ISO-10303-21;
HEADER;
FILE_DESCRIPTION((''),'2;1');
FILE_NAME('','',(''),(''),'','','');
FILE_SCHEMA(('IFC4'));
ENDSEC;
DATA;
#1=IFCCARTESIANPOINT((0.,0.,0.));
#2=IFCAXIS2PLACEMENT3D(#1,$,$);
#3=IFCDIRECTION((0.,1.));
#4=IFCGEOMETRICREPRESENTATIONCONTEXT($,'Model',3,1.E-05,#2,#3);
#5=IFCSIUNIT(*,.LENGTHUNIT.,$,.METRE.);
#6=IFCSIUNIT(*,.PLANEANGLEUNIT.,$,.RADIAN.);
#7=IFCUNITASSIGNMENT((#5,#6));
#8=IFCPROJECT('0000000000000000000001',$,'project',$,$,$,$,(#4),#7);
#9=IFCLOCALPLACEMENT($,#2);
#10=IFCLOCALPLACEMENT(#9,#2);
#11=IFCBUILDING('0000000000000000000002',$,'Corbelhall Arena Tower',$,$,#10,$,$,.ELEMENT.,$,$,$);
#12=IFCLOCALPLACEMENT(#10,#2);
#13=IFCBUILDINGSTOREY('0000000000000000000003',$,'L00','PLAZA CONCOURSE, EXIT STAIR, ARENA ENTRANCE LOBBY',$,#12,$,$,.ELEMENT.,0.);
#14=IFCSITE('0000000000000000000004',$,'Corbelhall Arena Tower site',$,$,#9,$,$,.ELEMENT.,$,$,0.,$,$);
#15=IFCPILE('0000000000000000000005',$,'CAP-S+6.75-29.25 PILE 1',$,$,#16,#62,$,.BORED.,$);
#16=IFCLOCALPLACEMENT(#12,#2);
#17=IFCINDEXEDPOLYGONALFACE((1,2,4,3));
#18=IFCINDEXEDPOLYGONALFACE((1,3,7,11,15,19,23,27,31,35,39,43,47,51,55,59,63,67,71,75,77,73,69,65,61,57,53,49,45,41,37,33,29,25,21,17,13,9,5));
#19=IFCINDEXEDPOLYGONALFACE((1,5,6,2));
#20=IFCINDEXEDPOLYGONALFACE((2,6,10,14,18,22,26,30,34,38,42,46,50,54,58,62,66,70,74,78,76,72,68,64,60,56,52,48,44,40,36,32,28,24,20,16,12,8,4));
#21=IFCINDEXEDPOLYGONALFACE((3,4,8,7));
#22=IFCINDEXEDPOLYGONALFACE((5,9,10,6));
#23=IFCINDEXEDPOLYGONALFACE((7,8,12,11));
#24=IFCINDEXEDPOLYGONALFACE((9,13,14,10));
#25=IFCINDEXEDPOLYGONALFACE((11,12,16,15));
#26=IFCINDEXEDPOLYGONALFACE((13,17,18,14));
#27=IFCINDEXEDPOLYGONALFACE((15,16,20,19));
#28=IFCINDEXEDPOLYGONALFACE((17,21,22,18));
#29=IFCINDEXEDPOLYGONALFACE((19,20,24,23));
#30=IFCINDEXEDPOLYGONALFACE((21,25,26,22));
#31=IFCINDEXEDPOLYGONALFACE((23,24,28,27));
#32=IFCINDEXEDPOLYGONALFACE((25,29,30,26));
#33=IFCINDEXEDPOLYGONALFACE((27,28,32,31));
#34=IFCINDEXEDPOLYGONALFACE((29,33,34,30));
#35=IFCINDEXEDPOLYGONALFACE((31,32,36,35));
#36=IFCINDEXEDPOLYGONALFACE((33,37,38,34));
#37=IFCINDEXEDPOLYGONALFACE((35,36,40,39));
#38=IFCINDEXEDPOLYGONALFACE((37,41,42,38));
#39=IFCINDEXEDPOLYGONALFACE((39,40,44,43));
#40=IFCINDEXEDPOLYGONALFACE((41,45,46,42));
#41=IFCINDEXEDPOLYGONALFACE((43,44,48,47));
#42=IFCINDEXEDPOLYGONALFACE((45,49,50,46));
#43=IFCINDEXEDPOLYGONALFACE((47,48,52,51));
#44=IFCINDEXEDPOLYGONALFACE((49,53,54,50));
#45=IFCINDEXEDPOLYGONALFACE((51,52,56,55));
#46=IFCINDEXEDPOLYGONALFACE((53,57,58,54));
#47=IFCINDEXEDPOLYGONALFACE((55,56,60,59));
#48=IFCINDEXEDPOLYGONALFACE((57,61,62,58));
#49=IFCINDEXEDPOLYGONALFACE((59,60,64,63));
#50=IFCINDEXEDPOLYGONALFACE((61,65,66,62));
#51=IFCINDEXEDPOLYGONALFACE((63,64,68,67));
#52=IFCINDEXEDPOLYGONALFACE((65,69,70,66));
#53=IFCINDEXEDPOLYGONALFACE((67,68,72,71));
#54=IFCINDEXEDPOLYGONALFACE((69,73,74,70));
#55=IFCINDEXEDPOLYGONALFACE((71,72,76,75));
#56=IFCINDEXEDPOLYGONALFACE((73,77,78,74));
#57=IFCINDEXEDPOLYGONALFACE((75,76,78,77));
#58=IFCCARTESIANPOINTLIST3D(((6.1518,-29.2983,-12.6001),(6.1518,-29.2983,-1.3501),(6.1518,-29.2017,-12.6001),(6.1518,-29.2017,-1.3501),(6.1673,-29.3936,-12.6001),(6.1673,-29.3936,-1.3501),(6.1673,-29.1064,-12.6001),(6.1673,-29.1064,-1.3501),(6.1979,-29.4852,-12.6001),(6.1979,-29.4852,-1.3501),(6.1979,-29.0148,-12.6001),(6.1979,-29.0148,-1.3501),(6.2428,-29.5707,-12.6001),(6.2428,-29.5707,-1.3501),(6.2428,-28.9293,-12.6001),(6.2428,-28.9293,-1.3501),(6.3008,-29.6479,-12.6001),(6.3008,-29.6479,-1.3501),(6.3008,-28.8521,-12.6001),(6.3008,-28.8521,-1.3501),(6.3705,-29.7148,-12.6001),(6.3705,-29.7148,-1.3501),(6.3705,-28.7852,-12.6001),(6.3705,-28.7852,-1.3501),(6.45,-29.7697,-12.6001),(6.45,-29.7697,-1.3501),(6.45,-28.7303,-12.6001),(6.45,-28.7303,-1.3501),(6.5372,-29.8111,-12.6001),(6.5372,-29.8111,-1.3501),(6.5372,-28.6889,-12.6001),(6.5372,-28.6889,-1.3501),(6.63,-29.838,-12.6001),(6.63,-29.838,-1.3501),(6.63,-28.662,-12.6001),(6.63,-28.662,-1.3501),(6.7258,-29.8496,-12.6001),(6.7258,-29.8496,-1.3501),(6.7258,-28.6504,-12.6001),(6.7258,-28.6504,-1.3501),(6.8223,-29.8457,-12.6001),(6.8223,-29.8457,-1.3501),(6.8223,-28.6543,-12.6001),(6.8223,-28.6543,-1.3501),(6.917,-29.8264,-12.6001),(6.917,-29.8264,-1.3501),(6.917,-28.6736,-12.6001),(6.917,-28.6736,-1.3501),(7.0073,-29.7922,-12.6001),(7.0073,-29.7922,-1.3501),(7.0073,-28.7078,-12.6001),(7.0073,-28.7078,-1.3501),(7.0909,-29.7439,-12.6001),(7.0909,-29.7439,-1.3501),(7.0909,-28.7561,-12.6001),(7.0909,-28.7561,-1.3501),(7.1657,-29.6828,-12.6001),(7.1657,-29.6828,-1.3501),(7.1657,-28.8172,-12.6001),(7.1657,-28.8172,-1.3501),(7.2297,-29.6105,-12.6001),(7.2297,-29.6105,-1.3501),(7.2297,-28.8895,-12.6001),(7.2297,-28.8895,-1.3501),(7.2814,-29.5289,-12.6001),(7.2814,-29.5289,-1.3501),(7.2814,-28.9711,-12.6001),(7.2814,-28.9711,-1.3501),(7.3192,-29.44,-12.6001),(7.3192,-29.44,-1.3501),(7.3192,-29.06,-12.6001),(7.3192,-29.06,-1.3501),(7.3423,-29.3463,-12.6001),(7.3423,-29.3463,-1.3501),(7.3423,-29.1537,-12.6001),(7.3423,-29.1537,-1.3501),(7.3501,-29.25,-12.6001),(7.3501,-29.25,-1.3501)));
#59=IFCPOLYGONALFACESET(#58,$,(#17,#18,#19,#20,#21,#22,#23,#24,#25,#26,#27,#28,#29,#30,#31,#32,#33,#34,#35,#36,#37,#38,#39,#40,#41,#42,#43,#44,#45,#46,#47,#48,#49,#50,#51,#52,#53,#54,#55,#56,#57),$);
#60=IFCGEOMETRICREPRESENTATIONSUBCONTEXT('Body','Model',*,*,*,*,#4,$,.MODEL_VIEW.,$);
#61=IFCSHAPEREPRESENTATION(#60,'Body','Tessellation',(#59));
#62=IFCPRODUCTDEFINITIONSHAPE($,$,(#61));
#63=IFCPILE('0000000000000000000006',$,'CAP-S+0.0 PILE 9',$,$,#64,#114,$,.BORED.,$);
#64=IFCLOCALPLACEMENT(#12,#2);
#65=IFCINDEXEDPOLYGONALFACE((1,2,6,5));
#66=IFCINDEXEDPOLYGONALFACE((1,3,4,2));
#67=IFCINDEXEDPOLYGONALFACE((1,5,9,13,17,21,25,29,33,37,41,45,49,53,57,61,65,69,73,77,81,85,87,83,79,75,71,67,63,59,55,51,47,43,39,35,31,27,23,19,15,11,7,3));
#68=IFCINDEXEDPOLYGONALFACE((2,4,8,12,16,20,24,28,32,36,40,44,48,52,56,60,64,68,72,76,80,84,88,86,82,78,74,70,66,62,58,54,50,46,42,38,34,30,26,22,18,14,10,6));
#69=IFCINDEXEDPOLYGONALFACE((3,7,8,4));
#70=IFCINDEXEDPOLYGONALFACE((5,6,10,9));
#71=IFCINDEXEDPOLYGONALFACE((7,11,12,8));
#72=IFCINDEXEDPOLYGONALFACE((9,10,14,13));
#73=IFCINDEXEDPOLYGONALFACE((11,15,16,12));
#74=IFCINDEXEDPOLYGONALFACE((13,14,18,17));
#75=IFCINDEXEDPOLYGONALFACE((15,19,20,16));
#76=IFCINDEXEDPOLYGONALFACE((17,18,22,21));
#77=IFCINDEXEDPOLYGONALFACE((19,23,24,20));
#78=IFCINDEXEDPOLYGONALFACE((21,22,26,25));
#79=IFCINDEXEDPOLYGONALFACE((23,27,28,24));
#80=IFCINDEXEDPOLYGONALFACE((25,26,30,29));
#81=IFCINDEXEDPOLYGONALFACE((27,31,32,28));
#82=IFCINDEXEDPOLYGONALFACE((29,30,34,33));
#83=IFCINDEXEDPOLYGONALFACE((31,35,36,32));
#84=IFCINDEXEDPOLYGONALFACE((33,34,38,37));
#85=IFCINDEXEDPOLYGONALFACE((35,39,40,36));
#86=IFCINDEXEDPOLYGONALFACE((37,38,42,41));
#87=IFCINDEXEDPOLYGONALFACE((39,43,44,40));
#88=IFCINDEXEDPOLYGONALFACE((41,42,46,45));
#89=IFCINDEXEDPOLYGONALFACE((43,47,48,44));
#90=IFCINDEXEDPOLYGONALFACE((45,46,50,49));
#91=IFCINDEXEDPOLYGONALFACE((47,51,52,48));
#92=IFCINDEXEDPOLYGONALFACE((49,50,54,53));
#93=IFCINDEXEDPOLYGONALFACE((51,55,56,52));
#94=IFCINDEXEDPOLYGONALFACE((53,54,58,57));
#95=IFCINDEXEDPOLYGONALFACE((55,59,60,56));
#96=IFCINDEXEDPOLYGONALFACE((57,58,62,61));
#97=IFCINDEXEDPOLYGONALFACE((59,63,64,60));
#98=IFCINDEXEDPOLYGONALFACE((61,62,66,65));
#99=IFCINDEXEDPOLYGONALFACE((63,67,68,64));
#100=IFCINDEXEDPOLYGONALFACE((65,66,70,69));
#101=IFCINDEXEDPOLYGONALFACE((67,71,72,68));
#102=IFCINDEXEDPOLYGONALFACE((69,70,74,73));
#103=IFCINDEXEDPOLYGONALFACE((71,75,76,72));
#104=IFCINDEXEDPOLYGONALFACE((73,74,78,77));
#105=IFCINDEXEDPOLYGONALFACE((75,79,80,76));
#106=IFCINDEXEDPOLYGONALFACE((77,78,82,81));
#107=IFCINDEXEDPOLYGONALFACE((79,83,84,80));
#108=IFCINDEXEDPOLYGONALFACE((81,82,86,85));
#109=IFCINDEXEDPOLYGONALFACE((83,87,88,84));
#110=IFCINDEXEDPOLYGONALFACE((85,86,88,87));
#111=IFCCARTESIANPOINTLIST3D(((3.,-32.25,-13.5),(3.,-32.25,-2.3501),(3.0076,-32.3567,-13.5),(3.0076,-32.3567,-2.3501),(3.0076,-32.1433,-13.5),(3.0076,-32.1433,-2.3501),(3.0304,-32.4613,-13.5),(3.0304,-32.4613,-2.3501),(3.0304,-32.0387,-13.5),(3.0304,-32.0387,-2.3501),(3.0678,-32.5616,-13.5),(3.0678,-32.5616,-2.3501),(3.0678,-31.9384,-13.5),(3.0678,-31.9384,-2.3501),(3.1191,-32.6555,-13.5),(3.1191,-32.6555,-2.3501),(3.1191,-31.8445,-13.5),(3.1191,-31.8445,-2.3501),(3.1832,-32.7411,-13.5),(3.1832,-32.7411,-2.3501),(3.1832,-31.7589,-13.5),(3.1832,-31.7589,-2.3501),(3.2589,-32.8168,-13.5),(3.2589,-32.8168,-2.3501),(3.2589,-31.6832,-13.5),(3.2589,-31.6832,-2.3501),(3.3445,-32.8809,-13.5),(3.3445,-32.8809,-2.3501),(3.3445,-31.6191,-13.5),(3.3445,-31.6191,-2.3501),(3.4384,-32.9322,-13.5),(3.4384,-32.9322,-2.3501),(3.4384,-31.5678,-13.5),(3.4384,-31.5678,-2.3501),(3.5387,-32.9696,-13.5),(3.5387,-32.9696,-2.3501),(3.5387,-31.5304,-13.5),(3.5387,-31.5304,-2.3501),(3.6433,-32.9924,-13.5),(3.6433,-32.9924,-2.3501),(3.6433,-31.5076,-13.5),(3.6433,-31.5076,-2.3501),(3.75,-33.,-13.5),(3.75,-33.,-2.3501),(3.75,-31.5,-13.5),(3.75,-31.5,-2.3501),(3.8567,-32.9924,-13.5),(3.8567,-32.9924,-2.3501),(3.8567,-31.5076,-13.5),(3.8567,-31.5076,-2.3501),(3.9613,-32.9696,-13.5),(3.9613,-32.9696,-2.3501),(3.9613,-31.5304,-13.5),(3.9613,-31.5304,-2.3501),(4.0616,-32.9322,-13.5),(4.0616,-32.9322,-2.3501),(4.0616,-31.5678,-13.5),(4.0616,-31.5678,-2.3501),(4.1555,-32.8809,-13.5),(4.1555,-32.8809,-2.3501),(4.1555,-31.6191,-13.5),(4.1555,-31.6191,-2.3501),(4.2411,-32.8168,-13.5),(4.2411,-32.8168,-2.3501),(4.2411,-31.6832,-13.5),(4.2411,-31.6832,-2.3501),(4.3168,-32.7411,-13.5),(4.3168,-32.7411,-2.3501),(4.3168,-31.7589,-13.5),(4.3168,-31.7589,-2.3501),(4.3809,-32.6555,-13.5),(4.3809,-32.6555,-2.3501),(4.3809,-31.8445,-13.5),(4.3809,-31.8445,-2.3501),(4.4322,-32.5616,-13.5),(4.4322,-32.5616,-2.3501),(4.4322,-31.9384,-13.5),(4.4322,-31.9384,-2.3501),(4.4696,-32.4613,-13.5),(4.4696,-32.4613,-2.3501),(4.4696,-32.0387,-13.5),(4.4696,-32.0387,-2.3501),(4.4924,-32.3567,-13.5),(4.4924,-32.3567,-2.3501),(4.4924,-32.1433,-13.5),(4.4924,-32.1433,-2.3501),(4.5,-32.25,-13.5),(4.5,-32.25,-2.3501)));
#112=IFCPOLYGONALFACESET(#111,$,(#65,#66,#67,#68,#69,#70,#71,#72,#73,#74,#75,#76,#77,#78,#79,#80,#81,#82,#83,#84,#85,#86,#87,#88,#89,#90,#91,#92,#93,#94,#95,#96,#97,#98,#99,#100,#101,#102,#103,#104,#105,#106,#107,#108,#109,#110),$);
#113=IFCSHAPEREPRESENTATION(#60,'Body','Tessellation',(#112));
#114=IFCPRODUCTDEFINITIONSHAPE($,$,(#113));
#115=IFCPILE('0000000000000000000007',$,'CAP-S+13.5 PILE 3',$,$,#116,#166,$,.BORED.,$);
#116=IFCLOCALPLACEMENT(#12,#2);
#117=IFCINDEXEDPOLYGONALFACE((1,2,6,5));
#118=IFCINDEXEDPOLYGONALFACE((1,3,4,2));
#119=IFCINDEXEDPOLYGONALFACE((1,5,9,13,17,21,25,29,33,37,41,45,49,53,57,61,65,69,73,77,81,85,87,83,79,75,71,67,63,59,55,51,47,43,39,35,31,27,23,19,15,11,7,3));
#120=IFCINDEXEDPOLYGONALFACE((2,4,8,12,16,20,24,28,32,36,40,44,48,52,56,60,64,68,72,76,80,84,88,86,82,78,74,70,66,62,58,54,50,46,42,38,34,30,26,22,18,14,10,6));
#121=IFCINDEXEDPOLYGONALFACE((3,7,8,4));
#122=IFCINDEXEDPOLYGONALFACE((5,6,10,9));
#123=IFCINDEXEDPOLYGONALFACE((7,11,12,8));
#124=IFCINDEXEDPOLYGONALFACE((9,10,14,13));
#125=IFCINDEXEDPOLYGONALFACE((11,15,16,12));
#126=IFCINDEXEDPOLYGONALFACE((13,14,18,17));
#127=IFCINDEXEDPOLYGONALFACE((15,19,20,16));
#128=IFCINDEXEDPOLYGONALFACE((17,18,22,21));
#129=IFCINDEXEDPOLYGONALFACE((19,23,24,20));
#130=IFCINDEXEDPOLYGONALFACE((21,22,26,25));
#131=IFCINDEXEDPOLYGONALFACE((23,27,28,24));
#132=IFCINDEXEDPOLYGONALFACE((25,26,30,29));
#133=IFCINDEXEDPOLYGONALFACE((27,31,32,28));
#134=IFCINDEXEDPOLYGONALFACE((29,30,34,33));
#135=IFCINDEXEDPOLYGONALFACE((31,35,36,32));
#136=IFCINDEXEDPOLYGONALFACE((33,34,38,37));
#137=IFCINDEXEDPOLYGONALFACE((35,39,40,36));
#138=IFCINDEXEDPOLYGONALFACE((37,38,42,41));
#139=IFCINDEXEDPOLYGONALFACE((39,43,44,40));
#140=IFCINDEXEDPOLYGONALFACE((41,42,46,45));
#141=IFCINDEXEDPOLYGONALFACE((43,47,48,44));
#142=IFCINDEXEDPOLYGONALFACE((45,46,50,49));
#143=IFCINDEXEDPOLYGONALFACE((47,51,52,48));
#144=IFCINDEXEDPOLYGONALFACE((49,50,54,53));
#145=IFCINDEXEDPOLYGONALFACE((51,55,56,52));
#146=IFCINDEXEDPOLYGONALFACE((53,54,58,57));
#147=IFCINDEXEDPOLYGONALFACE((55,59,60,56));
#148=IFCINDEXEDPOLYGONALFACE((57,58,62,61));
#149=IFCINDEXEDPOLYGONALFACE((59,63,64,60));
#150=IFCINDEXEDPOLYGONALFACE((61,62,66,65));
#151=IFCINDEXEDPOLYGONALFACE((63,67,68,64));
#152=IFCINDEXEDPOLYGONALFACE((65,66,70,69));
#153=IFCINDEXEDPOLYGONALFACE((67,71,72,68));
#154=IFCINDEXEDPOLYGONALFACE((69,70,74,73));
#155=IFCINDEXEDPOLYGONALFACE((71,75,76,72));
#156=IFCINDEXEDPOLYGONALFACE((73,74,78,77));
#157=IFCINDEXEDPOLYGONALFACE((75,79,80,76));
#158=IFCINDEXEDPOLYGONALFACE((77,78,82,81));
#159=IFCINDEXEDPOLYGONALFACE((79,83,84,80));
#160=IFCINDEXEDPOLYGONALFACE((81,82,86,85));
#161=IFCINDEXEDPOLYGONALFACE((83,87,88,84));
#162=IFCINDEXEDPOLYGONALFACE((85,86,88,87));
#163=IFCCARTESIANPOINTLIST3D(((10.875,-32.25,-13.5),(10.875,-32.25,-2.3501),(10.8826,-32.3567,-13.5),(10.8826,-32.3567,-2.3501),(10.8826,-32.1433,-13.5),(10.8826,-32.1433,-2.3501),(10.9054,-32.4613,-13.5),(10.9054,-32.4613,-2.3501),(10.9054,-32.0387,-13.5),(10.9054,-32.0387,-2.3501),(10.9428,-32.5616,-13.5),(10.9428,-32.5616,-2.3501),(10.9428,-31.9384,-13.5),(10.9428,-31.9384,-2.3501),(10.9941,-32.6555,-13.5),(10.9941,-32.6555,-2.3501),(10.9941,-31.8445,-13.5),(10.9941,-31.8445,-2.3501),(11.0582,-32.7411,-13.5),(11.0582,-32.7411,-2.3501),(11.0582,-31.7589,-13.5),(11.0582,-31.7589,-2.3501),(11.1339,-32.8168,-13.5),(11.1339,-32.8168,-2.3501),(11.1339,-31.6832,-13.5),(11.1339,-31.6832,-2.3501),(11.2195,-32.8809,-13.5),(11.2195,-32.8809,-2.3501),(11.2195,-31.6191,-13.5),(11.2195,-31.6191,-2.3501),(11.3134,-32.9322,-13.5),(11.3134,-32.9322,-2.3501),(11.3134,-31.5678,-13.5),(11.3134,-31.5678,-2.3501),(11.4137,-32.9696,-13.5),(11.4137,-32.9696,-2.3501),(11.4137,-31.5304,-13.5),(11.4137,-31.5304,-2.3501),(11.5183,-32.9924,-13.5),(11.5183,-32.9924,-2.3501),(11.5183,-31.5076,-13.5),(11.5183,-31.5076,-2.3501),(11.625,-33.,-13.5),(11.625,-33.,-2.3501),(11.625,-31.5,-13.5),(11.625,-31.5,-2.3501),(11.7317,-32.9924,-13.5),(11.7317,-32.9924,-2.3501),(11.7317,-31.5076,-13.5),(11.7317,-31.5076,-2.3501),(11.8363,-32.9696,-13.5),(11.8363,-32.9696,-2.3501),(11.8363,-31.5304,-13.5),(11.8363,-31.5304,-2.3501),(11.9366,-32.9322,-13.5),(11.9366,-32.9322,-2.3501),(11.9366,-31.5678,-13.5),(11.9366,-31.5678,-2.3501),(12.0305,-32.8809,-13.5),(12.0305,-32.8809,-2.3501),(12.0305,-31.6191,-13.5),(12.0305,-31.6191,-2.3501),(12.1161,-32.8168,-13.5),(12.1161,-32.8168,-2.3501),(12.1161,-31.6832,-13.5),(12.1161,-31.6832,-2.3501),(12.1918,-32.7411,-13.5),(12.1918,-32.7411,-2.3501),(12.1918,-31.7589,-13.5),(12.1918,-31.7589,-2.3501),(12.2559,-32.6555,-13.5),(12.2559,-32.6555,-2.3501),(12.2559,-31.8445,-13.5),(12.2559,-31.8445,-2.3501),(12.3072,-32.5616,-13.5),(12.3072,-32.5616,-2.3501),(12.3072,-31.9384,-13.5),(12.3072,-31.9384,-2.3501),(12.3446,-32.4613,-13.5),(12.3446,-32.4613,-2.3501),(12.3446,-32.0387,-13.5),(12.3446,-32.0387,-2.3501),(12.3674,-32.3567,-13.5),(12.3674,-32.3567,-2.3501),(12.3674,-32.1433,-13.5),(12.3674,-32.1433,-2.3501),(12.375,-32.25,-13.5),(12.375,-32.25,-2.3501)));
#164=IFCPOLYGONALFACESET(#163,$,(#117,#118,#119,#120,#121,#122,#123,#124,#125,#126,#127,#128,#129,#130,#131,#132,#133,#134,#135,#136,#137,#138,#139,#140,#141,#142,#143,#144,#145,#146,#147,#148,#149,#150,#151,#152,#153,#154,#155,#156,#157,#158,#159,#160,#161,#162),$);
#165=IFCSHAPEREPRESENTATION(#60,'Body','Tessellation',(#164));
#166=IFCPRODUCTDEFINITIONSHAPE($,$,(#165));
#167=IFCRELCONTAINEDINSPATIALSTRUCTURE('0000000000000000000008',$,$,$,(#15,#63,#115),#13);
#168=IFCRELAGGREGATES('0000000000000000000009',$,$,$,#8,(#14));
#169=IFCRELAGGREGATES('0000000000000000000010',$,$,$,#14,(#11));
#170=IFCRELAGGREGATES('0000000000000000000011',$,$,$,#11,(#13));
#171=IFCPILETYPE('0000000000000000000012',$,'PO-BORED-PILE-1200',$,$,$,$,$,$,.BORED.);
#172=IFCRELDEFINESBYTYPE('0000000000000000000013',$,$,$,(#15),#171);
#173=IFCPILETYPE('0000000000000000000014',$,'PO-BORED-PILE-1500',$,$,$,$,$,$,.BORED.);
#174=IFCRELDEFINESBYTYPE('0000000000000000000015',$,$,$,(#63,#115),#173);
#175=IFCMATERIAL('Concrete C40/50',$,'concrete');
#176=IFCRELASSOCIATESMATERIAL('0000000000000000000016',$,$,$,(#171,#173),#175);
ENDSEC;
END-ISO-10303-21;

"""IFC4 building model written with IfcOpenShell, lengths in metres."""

from ifc_helpers import new_model, si_unit, direction, frame, origin, origin_2d, place, context, subcontext, project, spatial, circle, extrude, material, material_profile, profile_set, type_object, element, save


model = new_model("IFC4")

# Units and contexts
model_context = context("Model", 3, precision=1e-05, world=origin(), true_north=direction((0.0, 1.0)))
body_context = subcontext(model_context, "Body", "Model", "MODEL_VIEW")
ifc_project = project(units=[si_unit("LENGTHUNIT", "METRE"), si_unit("PLANEANGLEUNIT", "RADIAN")], contexts=[model_context])

# Site, building, storey
site_placement = place(None, origin())
site = spatial("IfcSite", under=ifc_project, at=site_placement, Name="Corbelhall Arena Tower site", CompositionType="ELEMENT", RefElevation=0.0)
building_placement = place(site_placement, origin())
building = spatial("IfcBuilding", under=site, at=building_placement, Name="Corbelhall Arena Tower", CompositionType="ELEMENT")
storey_placement = place(building_placement, origin())
storey = spatial("IfcBuildingStorey", under=building, at=storey_placement, Name="L00", Description="PLAZA CONCOURSE, EXIT STAIR, ARENA ENTRANCE LOBBY", CompositionType="ELEMENT", Elevation=0.0)

# Piles
ifc_material_1 = material(Name="Concrete C40/50", Category="concrete")
ifc_material_profile_1 = material_profile(ifc_material_1, circle(Radius=0.6001, at=origin_2d()))
ifc_profile_set_1 = profile_set([ifc_material_profile_1], Name="Concrete C40/50")
pile_type_1 = type_object("IfcPileType", Name="PO-BORED-PILE-1200", PredefinedType="BORED", material=ifc_profile_set_1)
pile_placement = place(storey_placement, frame((6.75, -29.25, -1.3501), z_axis=(0.0, 0.0, -1.0), x_axis=(1.0, 0.0, 0.0)))
element("IfcPile", 1, at=pile_placement, inside=storey, type_object=pile_type_1, Name="CAP-S+6.75-29.25 PILE 1", PredefinedType="BORED", context=body_context, shape_type="SweptSolid", body=[
    extrude(circle(Radius=0.6001, at=origin_2d()), origin(), (0.0, 0.0, 1.0), 11.25),
])
ifc_material_profile_2 = material_profile(ifc_material_1, circle(Radius=0.75, at=origin_2d()))
ifc_profile_set_2 = profile_set([ifc_material_profile_2], Name="Concrete C40/50")
pile_type_2 = type_object("IfcPileType", Name="PO-BORED-PILE-1500", PredefinedType="BORED", material=ifc_profile_set_2)
for number, where, z_axis, x_axis, name in (
    (2, (3.75, -32.25, -2.3501), (0.0, 0.0, -1.0), (1.0, 0.0, 0.0), "CAP-S+0.0 PILE 9"),
    (3, (11.625, -32.25, -2.3501), (0.0, 0.0, -1.0), (1.0, 0.0, 0.0), "CAP-S+13.5 PILE 3"),
):
    element("IfcPile", number, at=place(storey_placement, frame(where, z_axis=z_axis, x_axis=x_axis)), inside=storey, type_object=pile_type_2, Name=name, PredefinedType="BORED", context=body_context, shape_type="SweptSolid", body=[
        extrude(circle(Radius=0.75, at=origin_2d()), origin(), (0.0, 0.0, 1.0), 11.1499),
    ])

save(model, "model.ifc")
